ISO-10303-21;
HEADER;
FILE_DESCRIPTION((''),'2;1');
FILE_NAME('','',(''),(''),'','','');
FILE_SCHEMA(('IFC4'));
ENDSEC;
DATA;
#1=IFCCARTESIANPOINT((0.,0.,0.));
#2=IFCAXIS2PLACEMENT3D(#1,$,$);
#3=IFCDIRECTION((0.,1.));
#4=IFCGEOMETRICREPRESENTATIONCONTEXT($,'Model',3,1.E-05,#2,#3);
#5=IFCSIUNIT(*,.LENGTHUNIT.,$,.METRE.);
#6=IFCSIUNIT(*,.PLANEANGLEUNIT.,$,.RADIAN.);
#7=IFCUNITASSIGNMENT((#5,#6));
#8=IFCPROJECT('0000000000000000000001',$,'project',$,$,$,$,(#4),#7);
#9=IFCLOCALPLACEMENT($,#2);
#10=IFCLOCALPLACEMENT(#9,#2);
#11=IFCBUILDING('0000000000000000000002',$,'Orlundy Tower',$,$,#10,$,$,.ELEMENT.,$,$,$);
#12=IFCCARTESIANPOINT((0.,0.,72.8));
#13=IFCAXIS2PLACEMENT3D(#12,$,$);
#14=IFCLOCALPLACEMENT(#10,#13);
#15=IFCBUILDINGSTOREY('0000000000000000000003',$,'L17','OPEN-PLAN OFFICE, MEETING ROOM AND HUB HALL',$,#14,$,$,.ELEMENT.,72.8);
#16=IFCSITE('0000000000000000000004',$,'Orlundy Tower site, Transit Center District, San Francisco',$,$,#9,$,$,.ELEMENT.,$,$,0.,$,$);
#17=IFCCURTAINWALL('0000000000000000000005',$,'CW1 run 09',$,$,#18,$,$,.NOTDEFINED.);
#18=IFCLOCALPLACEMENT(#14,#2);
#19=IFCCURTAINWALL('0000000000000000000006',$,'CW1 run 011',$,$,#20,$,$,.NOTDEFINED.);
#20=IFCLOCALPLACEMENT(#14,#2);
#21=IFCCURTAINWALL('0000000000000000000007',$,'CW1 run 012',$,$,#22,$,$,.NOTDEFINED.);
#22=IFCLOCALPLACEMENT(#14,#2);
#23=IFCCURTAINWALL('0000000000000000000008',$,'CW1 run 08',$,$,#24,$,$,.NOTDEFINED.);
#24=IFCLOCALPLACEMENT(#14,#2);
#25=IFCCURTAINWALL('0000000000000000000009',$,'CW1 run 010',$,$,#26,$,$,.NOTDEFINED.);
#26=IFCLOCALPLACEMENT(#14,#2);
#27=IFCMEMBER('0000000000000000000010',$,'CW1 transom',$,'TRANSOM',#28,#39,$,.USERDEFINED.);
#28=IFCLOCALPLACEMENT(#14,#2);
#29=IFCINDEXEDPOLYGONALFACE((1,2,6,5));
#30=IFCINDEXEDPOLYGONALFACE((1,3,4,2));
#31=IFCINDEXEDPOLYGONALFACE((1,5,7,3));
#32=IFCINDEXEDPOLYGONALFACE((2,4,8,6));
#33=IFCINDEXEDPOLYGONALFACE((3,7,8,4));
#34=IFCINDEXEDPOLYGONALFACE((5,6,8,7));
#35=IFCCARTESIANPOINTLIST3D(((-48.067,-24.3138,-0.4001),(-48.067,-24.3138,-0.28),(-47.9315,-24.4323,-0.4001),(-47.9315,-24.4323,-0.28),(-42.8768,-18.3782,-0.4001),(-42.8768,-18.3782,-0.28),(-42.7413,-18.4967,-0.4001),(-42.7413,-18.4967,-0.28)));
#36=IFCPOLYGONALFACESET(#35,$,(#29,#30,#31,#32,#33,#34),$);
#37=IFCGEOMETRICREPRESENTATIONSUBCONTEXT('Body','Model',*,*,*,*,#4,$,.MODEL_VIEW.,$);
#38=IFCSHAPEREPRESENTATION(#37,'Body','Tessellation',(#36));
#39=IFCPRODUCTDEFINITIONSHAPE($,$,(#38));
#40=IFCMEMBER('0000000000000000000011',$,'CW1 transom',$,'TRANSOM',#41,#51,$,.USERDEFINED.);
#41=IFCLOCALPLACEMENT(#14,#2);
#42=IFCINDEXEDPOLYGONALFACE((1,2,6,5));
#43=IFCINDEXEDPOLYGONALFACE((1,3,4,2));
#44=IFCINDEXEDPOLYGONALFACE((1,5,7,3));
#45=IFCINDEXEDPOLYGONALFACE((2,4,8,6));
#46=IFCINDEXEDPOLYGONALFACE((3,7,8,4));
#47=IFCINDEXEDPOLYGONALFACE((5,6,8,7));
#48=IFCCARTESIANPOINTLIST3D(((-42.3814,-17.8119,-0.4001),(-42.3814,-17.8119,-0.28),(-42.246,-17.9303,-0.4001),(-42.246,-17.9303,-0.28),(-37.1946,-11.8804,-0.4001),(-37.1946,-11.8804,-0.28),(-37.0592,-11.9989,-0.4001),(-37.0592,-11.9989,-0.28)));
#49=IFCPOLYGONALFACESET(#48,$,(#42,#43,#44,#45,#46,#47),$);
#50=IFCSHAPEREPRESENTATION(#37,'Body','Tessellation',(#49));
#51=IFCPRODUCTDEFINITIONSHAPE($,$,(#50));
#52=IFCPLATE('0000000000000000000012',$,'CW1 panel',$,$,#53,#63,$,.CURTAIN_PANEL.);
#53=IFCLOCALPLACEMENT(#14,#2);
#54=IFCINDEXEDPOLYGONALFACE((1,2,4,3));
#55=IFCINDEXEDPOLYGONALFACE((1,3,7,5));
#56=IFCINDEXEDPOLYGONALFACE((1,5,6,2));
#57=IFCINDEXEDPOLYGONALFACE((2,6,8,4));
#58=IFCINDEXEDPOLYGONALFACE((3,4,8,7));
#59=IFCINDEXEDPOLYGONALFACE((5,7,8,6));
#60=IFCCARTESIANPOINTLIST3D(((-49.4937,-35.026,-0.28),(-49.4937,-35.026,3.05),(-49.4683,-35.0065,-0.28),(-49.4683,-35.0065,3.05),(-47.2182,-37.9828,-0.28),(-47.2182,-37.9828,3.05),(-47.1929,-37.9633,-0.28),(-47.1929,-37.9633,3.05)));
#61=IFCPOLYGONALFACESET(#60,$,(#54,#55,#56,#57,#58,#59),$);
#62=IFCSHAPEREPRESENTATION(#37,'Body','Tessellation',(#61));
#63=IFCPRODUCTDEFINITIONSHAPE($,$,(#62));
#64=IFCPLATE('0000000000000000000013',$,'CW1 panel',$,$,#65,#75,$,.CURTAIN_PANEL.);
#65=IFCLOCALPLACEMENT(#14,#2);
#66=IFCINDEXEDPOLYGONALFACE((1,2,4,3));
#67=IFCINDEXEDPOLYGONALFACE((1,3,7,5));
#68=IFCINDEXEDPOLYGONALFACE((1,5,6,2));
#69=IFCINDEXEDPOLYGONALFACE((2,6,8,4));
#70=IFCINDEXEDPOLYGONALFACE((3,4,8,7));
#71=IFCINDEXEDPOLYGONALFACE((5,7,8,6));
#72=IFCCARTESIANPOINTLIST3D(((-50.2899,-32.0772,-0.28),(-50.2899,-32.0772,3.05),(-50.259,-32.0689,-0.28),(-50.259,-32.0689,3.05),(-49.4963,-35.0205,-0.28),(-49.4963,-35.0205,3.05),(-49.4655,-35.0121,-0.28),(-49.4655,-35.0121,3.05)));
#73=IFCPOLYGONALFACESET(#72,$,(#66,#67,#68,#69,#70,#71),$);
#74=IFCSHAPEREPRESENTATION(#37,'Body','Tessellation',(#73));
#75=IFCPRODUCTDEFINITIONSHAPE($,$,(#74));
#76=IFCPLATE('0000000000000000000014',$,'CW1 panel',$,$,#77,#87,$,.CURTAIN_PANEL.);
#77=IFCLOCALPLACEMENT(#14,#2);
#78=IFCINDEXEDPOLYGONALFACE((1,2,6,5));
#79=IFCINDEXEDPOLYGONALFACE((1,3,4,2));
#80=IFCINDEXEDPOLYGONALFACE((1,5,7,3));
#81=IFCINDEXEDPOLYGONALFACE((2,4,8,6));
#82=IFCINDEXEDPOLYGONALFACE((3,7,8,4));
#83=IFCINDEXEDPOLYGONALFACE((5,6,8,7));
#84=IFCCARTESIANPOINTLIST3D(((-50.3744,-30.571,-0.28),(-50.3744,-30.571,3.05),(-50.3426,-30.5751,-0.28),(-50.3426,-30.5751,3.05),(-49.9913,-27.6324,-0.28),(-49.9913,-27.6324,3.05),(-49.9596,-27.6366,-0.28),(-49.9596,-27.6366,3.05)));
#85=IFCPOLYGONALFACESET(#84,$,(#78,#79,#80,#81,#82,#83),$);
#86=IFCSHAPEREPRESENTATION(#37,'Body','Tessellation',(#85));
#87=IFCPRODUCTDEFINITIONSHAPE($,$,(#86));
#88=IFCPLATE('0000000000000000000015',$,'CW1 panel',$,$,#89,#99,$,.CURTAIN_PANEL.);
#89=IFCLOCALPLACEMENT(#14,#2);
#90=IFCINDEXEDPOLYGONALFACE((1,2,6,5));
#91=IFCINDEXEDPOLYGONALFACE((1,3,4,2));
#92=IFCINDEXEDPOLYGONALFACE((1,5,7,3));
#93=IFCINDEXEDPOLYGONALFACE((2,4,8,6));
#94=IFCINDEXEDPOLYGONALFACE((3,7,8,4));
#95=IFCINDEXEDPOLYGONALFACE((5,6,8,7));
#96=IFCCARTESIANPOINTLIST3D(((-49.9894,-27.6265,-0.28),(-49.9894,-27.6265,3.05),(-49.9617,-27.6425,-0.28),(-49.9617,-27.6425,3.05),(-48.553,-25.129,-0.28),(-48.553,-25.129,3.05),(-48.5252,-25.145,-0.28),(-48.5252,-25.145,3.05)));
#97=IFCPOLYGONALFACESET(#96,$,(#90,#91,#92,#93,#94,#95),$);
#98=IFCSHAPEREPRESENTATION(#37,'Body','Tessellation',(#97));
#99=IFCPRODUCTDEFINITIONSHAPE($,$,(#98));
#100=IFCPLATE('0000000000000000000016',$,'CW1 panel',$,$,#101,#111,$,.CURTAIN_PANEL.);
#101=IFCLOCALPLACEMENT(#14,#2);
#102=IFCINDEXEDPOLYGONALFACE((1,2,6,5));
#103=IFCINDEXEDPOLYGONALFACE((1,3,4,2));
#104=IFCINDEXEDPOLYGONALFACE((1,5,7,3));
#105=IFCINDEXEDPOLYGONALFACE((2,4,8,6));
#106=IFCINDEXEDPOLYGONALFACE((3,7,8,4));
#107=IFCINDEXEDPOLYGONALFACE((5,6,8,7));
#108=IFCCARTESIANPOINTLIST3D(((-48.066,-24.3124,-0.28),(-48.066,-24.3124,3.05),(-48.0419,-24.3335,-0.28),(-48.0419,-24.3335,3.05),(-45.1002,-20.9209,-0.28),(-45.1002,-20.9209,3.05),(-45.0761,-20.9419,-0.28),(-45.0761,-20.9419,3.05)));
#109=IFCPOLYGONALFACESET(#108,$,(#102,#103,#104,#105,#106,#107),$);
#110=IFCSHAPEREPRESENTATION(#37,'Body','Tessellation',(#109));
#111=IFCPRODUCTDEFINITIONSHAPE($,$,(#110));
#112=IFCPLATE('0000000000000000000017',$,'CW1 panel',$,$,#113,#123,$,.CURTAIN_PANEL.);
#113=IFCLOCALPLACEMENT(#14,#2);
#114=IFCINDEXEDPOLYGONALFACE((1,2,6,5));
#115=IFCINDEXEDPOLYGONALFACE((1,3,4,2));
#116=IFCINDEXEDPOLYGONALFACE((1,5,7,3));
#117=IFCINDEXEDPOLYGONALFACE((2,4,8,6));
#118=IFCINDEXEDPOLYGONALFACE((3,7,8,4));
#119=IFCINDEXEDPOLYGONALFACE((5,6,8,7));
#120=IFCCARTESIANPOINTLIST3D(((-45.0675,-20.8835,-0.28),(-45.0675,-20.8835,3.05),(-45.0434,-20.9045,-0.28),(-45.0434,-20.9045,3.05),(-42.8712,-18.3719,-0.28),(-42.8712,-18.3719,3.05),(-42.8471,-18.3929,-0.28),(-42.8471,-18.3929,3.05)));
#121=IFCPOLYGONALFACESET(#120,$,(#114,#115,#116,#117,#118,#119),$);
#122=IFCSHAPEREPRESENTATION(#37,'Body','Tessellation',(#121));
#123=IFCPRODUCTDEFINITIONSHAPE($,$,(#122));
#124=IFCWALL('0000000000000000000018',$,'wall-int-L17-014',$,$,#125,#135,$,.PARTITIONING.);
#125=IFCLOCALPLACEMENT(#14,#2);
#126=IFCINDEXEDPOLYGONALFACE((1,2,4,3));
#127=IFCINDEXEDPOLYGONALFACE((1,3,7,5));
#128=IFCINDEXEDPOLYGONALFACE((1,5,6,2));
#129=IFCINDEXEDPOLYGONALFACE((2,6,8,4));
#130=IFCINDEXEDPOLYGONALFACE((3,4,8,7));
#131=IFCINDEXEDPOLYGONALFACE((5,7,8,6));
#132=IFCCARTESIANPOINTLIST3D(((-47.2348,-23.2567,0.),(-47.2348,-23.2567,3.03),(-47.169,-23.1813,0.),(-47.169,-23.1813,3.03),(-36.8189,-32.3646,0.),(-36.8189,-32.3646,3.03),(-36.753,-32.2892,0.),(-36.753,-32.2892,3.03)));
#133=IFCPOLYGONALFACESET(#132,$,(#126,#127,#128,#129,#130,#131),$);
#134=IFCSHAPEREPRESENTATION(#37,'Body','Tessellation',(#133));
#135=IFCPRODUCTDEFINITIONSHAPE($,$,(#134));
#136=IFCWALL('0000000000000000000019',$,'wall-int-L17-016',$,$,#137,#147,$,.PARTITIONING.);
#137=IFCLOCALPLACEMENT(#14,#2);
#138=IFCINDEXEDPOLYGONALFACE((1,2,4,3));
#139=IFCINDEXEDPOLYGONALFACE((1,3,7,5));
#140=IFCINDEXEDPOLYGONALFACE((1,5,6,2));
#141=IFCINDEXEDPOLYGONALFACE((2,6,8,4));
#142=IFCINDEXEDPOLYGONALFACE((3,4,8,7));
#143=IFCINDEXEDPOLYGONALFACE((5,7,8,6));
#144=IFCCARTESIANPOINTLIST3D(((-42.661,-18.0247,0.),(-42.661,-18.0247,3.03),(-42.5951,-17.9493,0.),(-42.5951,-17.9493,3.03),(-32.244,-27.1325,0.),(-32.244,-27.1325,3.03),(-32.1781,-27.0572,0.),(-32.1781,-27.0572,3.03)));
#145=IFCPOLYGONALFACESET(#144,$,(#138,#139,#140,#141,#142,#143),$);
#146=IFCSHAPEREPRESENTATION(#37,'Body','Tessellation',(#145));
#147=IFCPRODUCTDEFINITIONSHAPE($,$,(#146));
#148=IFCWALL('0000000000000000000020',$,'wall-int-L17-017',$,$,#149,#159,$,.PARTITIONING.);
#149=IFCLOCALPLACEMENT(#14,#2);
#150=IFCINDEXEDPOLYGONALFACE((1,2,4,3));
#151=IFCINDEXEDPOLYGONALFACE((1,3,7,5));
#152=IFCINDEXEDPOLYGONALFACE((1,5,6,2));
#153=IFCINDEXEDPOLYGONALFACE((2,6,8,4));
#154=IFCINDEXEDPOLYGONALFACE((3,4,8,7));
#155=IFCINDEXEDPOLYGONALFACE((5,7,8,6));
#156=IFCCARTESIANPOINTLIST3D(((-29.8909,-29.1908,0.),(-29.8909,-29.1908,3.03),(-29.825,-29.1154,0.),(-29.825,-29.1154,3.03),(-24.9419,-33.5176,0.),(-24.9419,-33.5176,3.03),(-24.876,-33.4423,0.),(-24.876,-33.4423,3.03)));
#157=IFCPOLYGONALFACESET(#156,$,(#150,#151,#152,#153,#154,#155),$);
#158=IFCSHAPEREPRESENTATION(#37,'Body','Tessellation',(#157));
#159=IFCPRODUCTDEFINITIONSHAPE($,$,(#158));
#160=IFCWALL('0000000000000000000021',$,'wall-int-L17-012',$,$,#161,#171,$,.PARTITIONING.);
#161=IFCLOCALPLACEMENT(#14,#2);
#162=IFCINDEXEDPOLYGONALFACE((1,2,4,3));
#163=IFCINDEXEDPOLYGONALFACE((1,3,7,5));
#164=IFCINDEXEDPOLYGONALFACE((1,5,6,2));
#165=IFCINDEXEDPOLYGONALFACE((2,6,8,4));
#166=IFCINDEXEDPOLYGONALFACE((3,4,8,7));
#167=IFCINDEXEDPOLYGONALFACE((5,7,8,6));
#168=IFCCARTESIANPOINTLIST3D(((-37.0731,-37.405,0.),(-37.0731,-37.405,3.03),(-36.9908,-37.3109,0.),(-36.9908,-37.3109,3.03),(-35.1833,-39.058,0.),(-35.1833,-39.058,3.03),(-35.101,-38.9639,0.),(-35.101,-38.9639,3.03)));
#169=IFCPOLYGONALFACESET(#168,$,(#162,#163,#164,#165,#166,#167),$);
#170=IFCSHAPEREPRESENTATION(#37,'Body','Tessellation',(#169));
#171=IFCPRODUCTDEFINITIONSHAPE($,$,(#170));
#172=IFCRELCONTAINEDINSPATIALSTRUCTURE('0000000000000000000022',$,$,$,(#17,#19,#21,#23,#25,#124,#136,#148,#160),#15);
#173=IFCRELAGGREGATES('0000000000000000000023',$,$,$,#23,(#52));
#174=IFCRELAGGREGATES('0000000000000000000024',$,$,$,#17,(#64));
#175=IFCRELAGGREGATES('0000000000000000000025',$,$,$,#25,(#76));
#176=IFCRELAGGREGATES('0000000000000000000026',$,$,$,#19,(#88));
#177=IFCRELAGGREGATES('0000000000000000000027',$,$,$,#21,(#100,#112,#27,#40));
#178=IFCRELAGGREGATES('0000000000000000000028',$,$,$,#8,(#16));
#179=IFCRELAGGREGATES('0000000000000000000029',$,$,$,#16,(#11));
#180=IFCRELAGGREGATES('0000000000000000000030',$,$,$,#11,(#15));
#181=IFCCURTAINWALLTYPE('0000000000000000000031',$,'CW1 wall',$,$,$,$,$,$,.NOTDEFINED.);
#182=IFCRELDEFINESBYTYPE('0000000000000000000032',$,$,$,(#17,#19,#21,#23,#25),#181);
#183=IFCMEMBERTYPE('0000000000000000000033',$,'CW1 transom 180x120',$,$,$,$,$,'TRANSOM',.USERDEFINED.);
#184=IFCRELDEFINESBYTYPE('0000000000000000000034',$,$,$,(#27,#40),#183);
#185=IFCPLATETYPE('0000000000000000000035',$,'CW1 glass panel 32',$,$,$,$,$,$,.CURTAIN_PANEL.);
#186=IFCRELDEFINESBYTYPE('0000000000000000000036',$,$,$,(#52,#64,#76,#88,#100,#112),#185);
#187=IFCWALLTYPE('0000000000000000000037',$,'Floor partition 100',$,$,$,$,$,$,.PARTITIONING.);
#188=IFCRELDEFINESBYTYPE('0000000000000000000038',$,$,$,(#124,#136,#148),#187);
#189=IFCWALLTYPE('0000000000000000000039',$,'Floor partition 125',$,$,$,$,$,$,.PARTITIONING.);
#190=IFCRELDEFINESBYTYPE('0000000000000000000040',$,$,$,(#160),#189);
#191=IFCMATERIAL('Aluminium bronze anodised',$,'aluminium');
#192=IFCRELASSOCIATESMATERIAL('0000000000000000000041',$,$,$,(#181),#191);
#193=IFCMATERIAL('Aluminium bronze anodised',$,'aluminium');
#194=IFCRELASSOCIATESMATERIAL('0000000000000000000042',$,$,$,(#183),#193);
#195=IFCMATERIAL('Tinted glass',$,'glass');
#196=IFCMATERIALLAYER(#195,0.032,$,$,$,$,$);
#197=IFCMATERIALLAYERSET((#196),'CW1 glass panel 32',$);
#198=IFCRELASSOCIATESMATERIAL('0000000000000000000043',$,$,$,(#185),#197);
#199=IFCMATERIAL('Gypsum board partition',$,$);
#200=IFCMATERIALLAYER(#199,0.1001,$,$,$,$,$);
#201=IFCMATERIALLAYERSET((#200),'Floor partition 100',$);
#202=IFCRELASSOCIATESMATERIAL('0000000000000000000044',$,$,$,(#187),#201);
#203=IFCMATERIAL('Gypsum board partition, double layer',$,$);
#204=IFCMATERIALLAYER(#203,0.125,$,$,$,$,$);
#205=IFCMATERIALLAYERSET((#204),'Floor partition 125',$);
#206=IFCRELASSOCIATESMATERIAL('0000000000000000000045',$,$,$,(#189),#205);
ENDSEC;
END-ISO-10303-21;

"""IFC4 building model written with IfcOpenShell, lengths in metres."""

from ifc_helpers import new_model, si_unit, direction, frame, frame_2d, origin, origin_2d, place, context, subcontext, project, spatial, rectangle, extrude, material, layer, layer_set, material_profile, profile_set, type_object, element, aggregate, save


model = new_model("IFC4")

# Units and contexts
model_context = context("Model", 3, precision=1e-05, world=origin(), true_north=direction((0.0, 1.0)))
body_context = subcontext(model_context, "Body", "Model", "MODEL_VIEW")
ifc_project = project(units=[si_unit("LENGTHUNIT", "METRE"), si_unit("PLANEANGLEUNIT", "RADIAN")], contexts=[model_context])

# Site, building, storey
site_placement = place(None, origin())
site = spatial("IfcSite", under=ifc_project, at=site_placement, Name="Orlundy Tower site, Transit Center District, San Francisco", CompositionType="ELEMENT", RefElevation=0.0)
building_placement = place(site_placement, origin())
building = spatial("IfcBuilding", under=site, at=building_placement, Name="Orlundy Tower", CompositionType="ELEMENT")
storey_placement = place(building_placement, frame((0.0, 0.0, 72.8)))
storey = spatial("IfcBuildingStorey", under=building, at=storey_placement, Name="L17", Description="OPEN-PLAN OFFICE, MEETING ROOM AND HUB HALL", CompositionType="ELEMENT", Elevation=72.8)

# Curtain walls
ifc_material_1 = material(Name="Aluminium bronze anodised", Category="aluminium")
curtain_wall_type = type_object("IfcCurtainWallType", Name="CW1 wall", PredefinedType="NOTDEFINED", material=ifc_material_1)
curtain_wall_1_placement = place(storey_placement, origin())
curtain_wall_1 = element("IfcCurtainWall", 1, at=curtain_wall_1_placement, inside=storey, type_object=curtain_wall_type, Name="CW1 run 09", PredefinedType="NOTDEFINED")
curtain_wall_2_placement = place(storey_placement, origin())
curtain_wall_2 = element("IfcCurtainWall", 2, at=curtain_wall_2_placement, inside=storey, type_object=curtain_wall_type, Name="CW1 run 011", PredefinedType="NOTDEFINED")

# Curtain wall
curtain_wall_3_placement = place(storey_placement, origin())
curtain_wall_3 = element("IfcCurtainWall", 3, at=curtain_wall_3_placement, inside=storey, type_object=curtain_wall_type, Name="CW1 run 012", PredefinedType="NOTDEFINED")

# Curtain wall
curtain_wall_4_placement = place(storey_placement, origin())
curtain_wall_4 = element("IfcCurtainWall", 4, at=curtain_wall_4_placement, inside=storey, type_object=curtain_wall_type, Name="CW1 run 08", PredefinedType="NOTDEFINED")
ifc_material_2 = material(Name="Aluminium bronze anodised", Category="aluminium")
ifc_material_profile_1 = material_profile(ifc_material_2, rectangle(XDim=0.1799, YDim=0.1201, at=origin_2d()), Name="CW1 transom 180x120")
ifc_profile_set_1 = profile_set([ifc_material_profile_1], Name="Aluminium bronze anodised")
member_type_1 = type_object("IfcMemberType", Name="CW1 transom 180x120", ElementType="TRANSOM", PredefinedType="USERDEFINED", material=ifc_profile_set_1)

# Curtain wall
curtain_wall_5_placement = place(storey_placement, origin())
curtain_wall_5 = element("IfcCurtainWall", 5, at=curtain_wall_5_placement, inside=storey, type_object=curtain_wall_type, Name="CW1 run 010", PredefinedType="NOTDEFINED")

# Members
member_1_placement = place(storey_placement, frame((-47.9993, -24.373, -0.3401), z_axis=(0.658259, 0.752791, 0.0), x_axis=(-0.752791, 0.658259, 0.0)))
member_1 = element("IfcMember", 6, at=member_1_placement, type_object=member_type_1, Name="CW1 transom", ObjectType="TRANSOM", PredefinedType="USERDEFINED", context=body_context, shape_type="SweptSolid", body=[
    extrude(rectangle(XDim=0.1799, YDim=0.1201, at=origin_2d()), origin(), (0.0, 0.0, 1.0), 7.8848),
])
member_2_placement = place(storey_placement, frame((-42.3137, -17.8711, -0.3401), z_axis=(0.658274, 0.752778, 0.0), x_axis=(-0.752778, 0.658274, 0.0)))
member_2 = element("IfcMember", 7, at=member_2_placement, type_object=member_type_1, Name="CW1 transom", ObjectType="TRANSOM", PredefinedType="USERDEFINED", context=body_context, shape_type="SweptSolid", body=[
    extrude(rectangle(XDim=0.1799, YDim=0.1201, at=origin_2d()), origin(), (0.0, 0.0, 1.0), 7.8794),
])

# Plates
ifc_material_3 = material(Name="Tinted glass", Category="glass")
ifc_layer_1 = layer(ifc_material_3, 0.032)
ifc_layer_set_1 = layer_set([ifc_layer_1], Name="CW1 glass panel 32")
plate_type = type_object("IfcPlateType", Name="CW1 glass panel 32", PredefinedType="CURTAIN_PANEL", material=ifc_layer_set_1)
plate_1_placement = place(storey_placement, frame((-48.3433, -36.4946, -0.28), z_axis=(0.0, 0.0, 1.0), x_axis=(-0.60988, 0.792494, 0.0)))
plate_1 = element("IfcPlate", 8, at=plate_1_placement, type_object=plate_type, Name="CW1 panel", PredefinedType="CURTAIN_PANEL", context=body_context, shape_type="SweptSolid", body=[
    extrude(rectangle(XDim=3.731, YDim=0.032, at=origin_2d()), origin(), (0.0, 0.0, 1.0), 3.3301),
])
aggregate(curtain_wall_4, [plate_1])
plate_2_placement = place(storey_placement, frame((-49.8777, -33.5447, -0.28), z_axis=(0.0, 0.0, 1.0), x_axis=(-0.260331, 0.965519, 0.0)))
plate_2 = element("IfcPlate", 9, at=plate_2_placement, type_object=plate_type, Name="CW1 panel", PredefinedType="CURTAIN_PANEL", context=body_context, shape_type="SweptSolid", body=[
    extrude(rectangle(XDim=3.0483, YDim=0.032, at=origin_2d()), origin(), (0.0, 0.0, 1.0), 3.3301),
])
aggregate(curtain_wall_1, [plate_2])
plate_3_placement = place(storey_placement, frame((-50.167, -29.1038, -0.28), z_axis=(0.0, 0.0, 1.0), x_axis=(0.129247, 0.991612, 0.0)))
plate_3 = element("IfcPlate", 10, at=plate_3_placement, type_object=plate_type, Name="CW1 panel", PredefinedType="CURTAIN_PANEL", context=body_context, shape_type="SweptSolid", body=[
    extrude(rectangle(XDim=2.9634, YDim=0.032, at=origin_2d()), origin(), (0.0, 0.0, 1.0), 3.3301),
])
aggregate(curtain_wall_5, [plate_3])
plate_4_placement = place(storey_placement, frame((-49.2573, -26.3857, -0.28), z_axis=(0.0, 0.0, 1.0), x_axis=(0.498578, 0.866845, 0.0)))
plate_4 = element("IfcPlate", 11, at=plate_4_placement, type_object=plate_type, Name="CW1 panel", PredefinedType="CURTAIN_PANEL", context=body_context, shape_type="SweptSolid", body=[
    extrude(rectangle(XDim=2.8811, YDim=0.032, at=origin_2d()), origin(), (0.0, 0.0, 1.0), 3.3301),
])
aggregate(curtain_wall_2, [plate_4])
plate_5_placement = place(storey_placement, frame((-46.571, -22.6272, -0.28), z_axis=(0.0, 0.0, 1.0), x_axis=(0.658273, 0.752779, 0.0)))
plate_5 = element("IfcPlate", 12, at=plate_5_placement, type_object=plate_type, Name="CW1 panel", PredefinedType="CURTAIN_PANEL", context=body_context, shape_type="SweptSolid", body=[
    extrude(rectangle(XDim=4.5054, YDim=0.032, at=origin_2d()), origin(), (0.0, 0.0, 1.0), 3.3301),
])
plate_6_placement = place(storey_placement, frame((-43.9573, -19.6382, -0.28), z_axis=(0.0, 0.0, 1.0), x_axis=(0.658273, 0.752779, 0.0)))
plate_6 = element("IfcPlate", 13, at=plate_6_placement, type_object=plate_type, Name="CW1 panel", PredefinedType="CURTAIN_PANEL", context=body_context, shape_type="SweptSolid", body=[
    extrude(rectangle(XDim=3.3364, YDim=0.032, at=origin_2d()), origin(), (0.0, 0.0, 1.0), 3.3301),
])
aggregate(curtain_wall_3, [plate_5, plate_6, member_1, member_2])

# Walls
ifc_material_4 = material(Name="Gypsum board partition")
ifc_layer_2 = layer(ifc_material_4, 0.1001)
ifc_layer_set_2 = layer_set([ifc_layer_2], Name="Floor partition 100")
wall_type_1 = type_object("IfcWallType", Name="Floor partition 100", PredefinedType="PARTITIONING", material=ifc_layer_set_2)
wall_1_placement = place(storey_placement, frame((-47.2019, -23.219, 0.0), z_axis=(0.0, 0.0, 1.0), x_axis=(0.752795, -0.658255, 0.0)))
element("IfcWall", 14, at=wall_1_placement, inside=storey, type_object=wall_type_1, Name="wall-int-L17-014", PredefinedType="PARTITIONING", context=body_context, shape_type="SweptSolid", body=[
    extrude(rectangle(XDim=13.8364, YDim=0.1001, at=frame_2d((6.9182, 0.0))), origin(), (0.0, 0.0, 1.0), 3.03),
])
wall_2_placement = place(storey_placement, frame((-42.6279, -17.9871, 0.0), z_axis=(0.0, 0.0, 1.0), x_axis=(0.752826, -0.65822, 0.0)))
element("IfcWall", 15, at=wall_2_placement, inside=storey, type_object=wall_type_1, Name="wall-int-L17-016", PredefinedType="PARTITIONING", context=body_context, shape_type="SweptSolid", body=[
    extrude(rectangle(XDim=13.8372, YDim=0.1001, at=frame_2d((6.9185, 0.0))), origin(), (0.0, 0.0, 1.0), 3.03),
])
wall_3_placement = place(storey_placement, frame((-29.8579, -29.1531, 0.0), z_axis=(0.0, 0.0, 1.0), x_axis=(0.752837, -0.658207, 0.0)))
element("IfcWall", 16, at=wall_3_placement, inside=storey, type_object=wall_type_1, Name="wall-int-L17-017", PredefinedType="PARTITIONING", context=body_context, shape_type="SweptSolid", body=[
    extrude(rectangle(XDim=6.5737, YDim=0.1001, at=frame_2d((3.2869, 0.0))), origin(), (0.0, 0.0, 1.0), 3.03),
])
ifc_material_5 = material(Name="Gypsum board partition, double layer")
ifc_layer_3 = layer(ifc_material_5, 0.125)
ifc_layer_set_3 = layer_set([ifc_layer_3], Name="Floor partition 125")
wall_type_2 = type_object("IfcWallType", Name="Floor partition 125", PredefinedType="PARTITIONING", material=ifc_layer_set_3)
wall_4_placement = place(storey_placement, frame((-37.032, -37.3579, 0.0), z_axis=(0.0, 0.0, 1.0), x_axis=(0.752691, -0.658374, 0.0)))
element("IfcWall", 17, at=wall_4_placement, inside=storey, type_object=wall_type_2, Name="wall-int-L17-012", PredefinedType="PARTITIONING", context=body_context, shape_type="SweptSolid", body=[
    extrude(rectangle(XDim=2.5107, YDim=0.125, at=frame_2d((1.2554, 0.0))), origin(), (0.0, 0.0, 1.0), 3.03),
])

save(model, "model.ifc")
